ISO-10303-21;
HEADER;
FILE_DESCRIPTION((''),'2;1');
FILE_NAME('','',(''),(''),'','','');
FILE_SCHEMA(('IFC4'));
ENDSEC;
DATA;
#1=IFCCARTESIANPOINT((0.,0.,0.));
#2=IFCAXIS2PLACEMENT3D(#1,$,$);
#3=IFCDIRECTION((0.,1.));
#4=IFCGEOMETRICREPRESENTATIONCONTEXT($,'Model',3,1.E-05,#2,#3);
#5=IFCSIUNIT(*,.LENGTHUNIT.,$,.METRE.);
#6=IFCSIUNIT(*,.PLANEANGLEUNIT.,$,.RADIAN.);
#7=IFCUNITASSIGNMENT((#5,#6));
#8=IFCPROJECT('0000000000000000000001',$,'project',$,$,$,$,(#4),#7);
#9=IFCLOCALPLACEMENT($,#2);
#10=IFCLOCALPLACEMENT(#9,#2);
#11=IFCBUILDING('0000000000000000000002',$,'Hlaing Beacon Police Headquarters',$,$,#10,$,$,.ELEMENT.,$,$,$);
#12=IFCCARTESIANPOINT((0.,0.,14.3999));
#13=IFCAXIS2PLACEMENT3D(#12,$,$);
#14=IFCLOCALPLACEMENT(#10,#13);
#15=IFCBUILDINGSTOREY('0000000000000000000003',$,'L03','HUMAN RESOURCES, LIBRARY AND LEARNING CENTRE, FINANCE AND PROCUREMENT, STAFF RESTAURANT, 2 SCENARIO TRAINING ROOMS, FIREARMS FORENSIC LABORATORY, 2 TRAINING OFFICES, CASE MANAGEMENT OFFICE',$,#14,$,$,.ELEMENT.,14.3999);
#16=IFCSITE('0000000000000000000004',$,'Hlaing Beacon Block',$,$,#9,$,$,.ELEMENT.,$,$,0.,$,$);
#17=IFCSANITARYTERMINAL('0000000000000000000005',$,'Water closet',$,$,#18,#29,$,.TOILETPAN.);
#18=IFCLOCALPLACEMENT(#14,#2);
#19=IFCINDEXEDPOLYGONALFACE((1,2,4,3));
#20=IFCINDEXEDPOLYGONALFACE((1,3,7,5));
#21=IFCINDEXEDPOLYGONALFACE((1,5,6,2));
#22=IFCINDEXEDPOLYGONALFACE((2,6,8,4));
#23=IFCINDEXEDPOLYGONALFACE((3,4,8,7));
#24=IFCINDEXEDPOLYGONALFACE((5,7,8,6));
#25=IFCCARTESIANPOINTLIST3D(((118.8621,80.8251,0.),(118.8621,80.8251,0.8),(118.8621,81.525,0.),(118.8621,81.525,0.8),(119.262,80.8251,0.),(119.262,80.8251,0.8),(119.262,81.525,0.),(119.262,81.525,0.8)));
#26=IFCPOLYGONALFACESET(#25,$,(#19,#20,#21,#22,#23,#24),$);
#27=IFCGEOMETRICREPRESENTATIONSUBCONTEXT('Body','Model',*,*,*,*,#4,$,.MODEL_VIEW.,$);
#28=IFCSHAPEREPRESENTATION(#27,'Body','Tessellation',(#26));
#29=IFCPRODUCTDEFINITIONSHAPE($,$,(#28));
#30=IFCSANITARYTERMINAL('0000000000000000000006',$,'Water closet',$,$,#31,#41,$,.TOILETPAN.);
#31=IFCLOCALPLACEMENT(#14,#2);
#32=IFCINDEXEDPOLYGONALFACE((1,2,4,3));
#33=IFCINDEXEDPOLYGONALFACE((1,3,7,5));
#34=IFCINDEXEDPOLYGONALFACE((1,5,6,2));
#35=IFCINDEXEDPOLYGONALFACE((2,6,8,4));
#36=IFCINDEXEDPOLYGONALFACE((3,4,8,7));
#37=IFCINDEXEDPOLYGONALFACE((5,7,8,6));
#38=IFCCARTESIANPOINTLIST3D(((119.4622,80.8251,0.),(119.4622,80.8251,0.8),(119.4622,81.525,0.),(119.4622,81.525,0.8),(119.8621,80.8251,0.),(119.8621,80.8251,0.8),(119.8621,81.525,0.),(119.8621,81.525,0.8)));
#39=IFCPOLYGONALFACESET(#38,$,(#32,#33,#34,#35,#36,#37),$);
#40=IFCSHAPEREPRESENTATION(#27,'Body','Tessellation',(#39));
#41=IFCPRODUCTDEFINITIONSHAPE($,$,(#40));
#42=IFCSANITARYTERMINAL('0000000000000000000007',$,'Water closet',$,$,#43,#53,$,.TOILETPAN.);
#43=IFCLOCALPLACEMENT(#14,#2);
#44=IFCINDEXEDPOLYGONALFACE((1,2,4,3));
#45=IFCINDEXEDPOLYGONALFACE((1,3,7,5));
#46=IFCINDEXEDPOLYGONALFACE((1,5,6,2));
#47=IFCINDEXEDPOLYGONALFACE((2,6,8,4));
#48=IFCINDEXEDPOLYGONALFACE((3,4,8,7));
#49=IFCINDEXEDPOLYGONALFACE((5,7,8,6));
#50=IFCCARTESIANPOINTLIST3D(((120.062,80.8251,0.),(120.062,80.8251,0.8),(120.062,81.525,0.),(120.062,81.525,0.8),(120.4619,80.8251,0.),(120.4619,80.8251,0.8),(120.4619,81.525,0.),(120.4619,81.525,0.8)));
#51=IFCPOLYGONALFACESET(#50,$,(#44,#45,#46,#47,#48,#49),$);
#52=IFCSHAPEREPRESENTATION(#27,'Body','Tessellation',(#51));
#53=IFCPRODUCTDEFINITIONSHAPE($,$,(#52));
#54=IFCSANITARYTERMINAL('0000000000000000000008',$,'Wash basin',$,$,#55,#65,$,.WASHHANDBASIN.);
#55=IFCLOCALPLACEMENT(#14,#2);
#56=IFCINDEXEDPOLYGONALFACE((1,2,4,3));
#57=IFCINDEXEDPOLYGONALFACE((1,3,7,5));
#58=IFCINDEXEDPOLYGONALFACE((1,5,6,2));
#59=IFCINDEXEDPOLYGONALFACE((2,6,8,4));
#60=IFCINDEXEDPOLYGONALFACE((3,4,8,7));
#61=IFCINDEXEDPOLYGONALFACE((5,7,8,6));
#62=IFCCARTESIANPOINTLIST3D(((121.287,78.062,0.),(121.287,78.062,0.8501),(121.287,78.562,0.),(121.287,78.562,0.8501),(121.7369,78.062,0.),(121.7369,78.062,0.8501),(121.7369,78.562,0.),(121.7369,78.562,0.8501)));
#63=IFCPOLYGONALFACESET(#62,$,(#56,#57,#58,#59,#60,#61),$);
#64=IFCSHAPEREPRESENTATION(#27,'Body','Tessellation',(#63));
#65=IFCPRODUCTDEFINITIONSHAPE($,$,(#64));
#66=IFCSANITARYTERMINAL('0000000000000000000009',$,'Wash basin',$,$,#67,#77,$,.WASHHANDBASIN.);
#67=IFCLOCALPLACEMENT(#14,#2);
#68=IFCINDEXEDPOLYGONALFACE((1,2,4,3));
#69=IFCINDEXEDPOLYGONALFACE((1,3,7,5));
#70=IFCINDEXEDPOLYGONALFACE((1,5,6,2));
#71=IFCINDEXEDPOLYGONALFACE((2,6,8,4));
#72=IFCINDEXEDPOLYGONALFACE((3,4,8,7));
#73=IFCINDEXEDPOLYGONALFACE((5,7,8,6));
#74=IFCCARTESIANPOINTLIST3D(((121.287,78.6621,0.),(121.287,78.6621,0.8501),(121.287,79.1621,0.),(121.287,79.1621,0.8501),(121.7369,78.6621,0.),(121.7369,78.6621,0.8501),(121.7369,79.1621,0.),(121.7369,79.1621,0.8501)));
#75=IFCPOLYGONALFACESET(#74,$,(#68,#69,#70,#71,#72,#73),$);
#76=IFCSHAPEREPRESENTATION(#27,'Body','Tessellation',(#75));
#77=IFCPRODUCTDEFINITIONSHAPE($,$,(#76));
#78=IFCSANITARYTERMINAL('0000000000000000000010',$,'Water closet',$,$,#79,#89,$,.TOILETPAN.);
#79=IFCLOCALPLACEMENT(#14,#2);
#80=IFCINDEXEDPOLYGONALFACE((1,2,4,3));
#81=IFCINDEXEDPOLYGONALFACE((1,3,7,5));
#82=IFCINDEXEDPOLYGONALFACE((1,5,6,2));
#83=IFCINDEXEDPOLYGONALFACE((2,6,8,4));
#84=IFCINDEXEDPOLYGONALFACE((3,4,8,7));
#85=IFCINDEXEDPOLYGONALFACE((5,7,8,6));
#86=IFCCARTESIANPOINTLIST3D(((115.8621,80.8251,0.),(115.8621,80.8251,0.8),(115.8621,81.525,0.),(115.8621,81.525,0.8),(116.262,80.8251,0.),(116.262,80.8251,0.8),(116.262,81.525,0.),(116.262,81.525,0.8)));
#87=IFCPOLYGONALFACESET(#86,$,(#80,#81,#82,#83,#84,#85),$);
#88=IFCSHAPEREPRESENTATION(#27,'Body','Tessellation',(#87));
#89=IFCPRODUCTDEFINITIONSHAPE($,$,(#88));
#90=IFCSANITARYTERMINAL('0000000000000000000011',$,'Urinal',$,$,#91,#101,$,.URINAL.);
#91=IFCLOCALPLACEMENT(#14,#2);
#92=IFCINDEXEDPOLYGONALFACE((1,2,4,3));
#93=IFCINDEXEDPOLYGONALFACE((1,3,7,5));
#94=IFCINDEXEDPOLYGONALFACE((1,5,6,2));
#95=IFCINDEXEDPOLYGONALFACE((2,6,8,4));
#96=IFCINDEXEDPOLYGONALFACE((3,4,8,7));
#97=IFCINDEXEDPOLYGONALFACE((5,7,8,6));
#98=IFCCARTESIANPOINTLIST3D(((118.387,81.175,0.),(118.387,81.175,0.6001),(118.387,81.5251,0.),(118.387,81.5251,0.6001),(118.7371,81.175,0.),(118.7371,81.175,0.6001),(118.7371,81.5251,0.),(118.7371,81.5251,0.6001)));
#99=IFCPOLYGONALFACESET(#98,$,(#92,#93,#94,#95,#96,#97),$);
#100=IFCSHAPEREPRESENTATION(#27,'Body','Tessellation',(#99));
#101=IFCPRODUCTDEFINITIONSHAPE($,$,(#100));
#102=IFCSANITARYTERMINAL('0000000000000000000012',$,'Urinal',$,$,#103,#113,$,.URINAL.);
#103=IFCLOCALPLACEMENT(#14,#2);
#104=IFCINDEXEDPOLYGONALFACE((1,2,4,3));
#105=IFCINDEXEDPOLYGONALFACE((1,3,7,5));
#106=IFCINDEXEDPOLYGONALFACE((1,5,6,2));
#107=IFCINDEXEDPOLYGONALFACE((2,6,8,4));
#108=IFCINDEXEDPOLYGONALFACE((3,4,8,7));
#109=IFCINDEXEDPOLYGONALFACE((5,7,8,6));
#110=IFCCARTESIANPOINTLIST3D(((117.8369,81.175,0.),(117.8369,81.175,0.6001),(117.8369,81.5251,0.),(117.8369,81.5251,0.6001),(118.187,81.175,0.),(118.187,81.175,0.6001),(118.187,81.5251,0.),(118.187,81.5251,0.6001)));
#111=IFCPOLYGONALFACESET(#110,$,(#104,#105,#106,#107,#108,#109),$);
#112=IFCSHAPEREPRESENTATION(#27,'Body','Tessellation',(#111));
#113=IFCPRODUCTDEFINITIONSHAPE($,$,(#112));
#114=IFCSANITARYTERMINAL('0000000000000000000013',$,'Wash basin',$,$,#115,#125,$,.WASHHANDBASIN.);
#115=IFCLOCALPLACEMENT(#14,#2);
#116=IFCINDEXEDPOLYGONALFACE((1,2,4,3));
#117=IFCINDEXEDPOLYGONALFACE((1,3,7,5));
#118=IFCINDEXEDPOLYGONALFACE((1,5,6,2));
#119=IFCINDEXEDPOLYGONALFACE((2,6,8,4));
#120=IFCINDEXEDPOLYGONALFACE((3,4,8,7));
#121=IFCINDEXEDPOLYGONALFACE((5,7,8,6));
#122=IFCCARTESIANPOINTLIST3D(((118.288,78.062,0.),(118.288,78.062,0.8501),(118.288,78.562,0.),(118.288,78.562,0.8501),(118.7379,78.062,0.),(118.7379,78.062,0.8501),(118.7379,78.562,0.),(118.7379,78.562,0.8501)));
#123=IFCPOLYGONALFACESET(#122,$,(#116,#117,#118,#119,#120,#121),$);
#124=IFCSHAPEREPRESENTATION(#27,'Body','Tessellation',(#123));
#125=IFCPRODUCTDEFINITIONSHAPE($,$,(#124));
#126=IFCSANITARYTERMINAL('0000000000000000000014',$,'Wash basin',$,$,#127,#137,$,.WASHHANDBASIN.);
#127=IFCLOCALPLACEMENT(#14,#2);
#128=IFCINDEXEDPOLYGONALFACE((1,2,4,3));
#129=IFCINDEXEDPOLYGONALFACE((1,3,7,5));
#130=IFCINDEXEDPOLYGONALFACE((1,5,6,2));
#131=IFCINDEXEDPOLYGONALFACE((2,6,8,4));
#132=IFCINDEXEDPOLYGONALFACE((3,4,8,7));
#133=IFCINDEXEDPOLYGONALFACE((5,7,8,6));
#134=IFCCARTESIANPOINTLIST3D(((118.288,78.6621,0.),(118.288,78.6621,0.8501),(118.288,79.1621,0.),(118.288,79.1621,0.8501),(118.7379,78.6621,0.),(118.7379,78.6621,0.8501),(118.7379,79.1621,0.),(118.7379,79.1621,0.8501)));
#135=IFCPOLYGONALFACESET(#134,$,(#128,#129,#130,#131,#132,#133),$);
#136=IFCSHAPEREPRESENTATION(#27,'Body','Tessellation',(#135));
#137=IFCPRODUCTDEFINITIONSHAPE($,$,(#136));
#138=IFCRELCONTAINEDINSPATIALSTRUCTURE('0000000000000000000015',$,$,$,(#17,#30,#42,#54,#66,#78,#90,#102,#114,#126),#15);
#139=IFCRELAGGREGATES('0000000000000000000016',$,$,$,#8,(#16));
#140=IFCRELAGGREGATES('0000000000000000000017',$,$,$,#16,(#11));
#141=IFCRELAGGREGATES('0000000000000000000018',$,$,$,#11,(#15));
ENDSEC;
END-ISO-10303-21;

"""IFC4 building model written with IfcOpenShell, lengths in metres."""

from ifc_helpers import new_model, si_unit, direction, frame, origin, origin_2d, place, context, subcontext, project, spatial, rectangle, extrude, element, save


model = new_model("IFC4")

# Units and contexts
model_context = context("Model", 3, precision=1e-05, world=origin(), true_north=direction((0.0, 1.0)))
body_context = subcontext(model_context, "Body", "Model", "MODEL_VIEW")
ifc_project = project(units=[si_unit("LENGTHUNIT", "METRE"), si_unit("PLANEANGLEUNIT", "RADIAN")], contexts=[model_context])

# Site, building, storey
site_placement = place(None, origin())
site = spatial("IfcSite", under=ifc_project, at=site_placement, Name="Hlaing Beacon Block", CompositionType="ELEMENT", RefElevation=0.0)
building_placement = place(site_placement, origin())
building = spatial("IfcBuilding", under=site, at=building_placement, Name="Hlaing Beacon Police Headquarters", CompositionType="ELEMENT")
storey_placement = place(building_placement, frame((0.0, 0.0, 14.3999)))
storey = spatial("IfcBuildingStorey", under=building, at=storey_placement, Name="L03", Description="HUMAN RESOURCES, LIBRARY AND LEARNING CENTRE, FINANCE AND PROCUREMENT, STAFF RESTAURANT, 2 SCENARIO TRAINING ROOMS, FIREARMS FORENSIC LABORATORY, 2 TRAINING OFFICES, CASE MANAGEMENT OFFICE", CompositionType="ELEMENT", Elevation=14.3999)

# Sanitary terminals
for number, where, z_axis, x_axis, name in (
    (1, (119.062, 81.175, 0.0), (0.0, 0.0, 1.0), (1.0, 0.0, 0.0), "Water closet"),
    (2, (119.6621, 81.175, 0.0), (0.0, 0.0, 1.0), (1.0, 0.0, 0.0), "Water closet"),
    (3, (120.262, 81.175, 0.0), (0.0, 0.0, 1.0), (1.0, 0.0, 0.0), "Water closet"),
):
    element("IfcSanitaryTerminal", number, at=place(storey_placement, frame(where, z_axis=z_axis, x_axis=x_axis)), inside=storey, Name=name, PredefinedType="TOILETPAN", context=body_context, shape_type="SweptSolid", body=[
        extrude(rectangle(XDim=0.3999, YDim=0.7, at=origin_2d()), origin(), (0.0, 0.0, 1.0), 0.8),
    ])
for number, where, z_axis, x_axis, name in (
    (4, (121.512, 78.312, 0.0), (0.0, 0.0, 1.0), (1.0, 0.0, 0.0), "Wash basin"),
    (5, (121.512, 78.9121, 0.0), (0.0, 0.0, 1.0), (1.0, 0.0, 0.0), "Wash basin"),
):
    element("IfcSanitaryTerminal", number, at=place(storey_placement, frame(where, z_axis=z_axis, x_axis=x_axis)), inside=storey, Name=name, PredefinedType="WASHHANDBASIN", context=body_context, shape_type="SweptSolid", body=[
        extrude(rectangle(XDim=0.45, YDim=0.5, at=origin_2d()), origin(), (0.0, 0.0, 1.0), 0.8501),
    ])
sanitary_terminal_1_placement = place(storey_placement, frame((116.062, 81.175, 0.0), z_axis=(0.0, 0.0, 1.0), x_axis=(1.0, 0.0, 0.0)))
element("IfcSanitaryTerminal", 6, at=sanitary_terminal_1_placement, inside=storey, Name="Water closet", PredefinedType="TOILETPAN", context=body_context, shape_type="SweptSolid", body=[
    extrude(rectangle(XDim=0.3999, YDim=0.7, at=origin_2d()), origin(), (0.0, 0.0, 1.0), 0.8),
])
for number, where, z_axis, x_axis, name in (
    (7, (118.562, 81.3501, 0.0), (0.0, 0.0, 1.0), (1.0, 0.0, 0.0), "Urinal"),
    (8, (118.012, 81.3501, 0.0), (0.0, 0.0, 1.0), (1.0, 0.0, 0.0), "Urinal"),
):
    element("IfcSanitaryTerminal", number, at=place(storey_placement, frame(where, z_axis=z_axis, x_axis=x_axis)), inside=storey, Name=name, PredefinedType="URINAL", context=body_context, shape_type="SweptSolid", body=[
        extrude(rectangle(XDim=0.3501, YDim=0.3501, at=origin_2d()), origin(), (0.0, 0.0, 1.0), 0.6001),
    ])
for number, where, z_axis, x_axis, name in (
    (9, (118.5129, 78.312, 0.0), (0.0, 0.0, 1.0), (1.0, 0.0, 0.0), "Wash basin"),
    (10, (118.5129, 78.9121, 0.0), (0.0, 0.0, 1.0), (1.0, 0.0, 0.0), "Wash basin"),
):
    element("IfcSanitaryTerminal", number, at=place(storey_placement, frame(where, z_axis=z_axis, x_axis=x_axis)), inside=storey, Name=name, PredefinedType="WASHHANDBASIN", context=body_context, shape_type="SweptSolid", body=[
        extrude(rectangle(XDim=0.45, YDim=0.5, at=origin_2d()), origin(), (0.0, 0.0, 1.0), 0.8501),
    ])

save(model, "model.ifc")
